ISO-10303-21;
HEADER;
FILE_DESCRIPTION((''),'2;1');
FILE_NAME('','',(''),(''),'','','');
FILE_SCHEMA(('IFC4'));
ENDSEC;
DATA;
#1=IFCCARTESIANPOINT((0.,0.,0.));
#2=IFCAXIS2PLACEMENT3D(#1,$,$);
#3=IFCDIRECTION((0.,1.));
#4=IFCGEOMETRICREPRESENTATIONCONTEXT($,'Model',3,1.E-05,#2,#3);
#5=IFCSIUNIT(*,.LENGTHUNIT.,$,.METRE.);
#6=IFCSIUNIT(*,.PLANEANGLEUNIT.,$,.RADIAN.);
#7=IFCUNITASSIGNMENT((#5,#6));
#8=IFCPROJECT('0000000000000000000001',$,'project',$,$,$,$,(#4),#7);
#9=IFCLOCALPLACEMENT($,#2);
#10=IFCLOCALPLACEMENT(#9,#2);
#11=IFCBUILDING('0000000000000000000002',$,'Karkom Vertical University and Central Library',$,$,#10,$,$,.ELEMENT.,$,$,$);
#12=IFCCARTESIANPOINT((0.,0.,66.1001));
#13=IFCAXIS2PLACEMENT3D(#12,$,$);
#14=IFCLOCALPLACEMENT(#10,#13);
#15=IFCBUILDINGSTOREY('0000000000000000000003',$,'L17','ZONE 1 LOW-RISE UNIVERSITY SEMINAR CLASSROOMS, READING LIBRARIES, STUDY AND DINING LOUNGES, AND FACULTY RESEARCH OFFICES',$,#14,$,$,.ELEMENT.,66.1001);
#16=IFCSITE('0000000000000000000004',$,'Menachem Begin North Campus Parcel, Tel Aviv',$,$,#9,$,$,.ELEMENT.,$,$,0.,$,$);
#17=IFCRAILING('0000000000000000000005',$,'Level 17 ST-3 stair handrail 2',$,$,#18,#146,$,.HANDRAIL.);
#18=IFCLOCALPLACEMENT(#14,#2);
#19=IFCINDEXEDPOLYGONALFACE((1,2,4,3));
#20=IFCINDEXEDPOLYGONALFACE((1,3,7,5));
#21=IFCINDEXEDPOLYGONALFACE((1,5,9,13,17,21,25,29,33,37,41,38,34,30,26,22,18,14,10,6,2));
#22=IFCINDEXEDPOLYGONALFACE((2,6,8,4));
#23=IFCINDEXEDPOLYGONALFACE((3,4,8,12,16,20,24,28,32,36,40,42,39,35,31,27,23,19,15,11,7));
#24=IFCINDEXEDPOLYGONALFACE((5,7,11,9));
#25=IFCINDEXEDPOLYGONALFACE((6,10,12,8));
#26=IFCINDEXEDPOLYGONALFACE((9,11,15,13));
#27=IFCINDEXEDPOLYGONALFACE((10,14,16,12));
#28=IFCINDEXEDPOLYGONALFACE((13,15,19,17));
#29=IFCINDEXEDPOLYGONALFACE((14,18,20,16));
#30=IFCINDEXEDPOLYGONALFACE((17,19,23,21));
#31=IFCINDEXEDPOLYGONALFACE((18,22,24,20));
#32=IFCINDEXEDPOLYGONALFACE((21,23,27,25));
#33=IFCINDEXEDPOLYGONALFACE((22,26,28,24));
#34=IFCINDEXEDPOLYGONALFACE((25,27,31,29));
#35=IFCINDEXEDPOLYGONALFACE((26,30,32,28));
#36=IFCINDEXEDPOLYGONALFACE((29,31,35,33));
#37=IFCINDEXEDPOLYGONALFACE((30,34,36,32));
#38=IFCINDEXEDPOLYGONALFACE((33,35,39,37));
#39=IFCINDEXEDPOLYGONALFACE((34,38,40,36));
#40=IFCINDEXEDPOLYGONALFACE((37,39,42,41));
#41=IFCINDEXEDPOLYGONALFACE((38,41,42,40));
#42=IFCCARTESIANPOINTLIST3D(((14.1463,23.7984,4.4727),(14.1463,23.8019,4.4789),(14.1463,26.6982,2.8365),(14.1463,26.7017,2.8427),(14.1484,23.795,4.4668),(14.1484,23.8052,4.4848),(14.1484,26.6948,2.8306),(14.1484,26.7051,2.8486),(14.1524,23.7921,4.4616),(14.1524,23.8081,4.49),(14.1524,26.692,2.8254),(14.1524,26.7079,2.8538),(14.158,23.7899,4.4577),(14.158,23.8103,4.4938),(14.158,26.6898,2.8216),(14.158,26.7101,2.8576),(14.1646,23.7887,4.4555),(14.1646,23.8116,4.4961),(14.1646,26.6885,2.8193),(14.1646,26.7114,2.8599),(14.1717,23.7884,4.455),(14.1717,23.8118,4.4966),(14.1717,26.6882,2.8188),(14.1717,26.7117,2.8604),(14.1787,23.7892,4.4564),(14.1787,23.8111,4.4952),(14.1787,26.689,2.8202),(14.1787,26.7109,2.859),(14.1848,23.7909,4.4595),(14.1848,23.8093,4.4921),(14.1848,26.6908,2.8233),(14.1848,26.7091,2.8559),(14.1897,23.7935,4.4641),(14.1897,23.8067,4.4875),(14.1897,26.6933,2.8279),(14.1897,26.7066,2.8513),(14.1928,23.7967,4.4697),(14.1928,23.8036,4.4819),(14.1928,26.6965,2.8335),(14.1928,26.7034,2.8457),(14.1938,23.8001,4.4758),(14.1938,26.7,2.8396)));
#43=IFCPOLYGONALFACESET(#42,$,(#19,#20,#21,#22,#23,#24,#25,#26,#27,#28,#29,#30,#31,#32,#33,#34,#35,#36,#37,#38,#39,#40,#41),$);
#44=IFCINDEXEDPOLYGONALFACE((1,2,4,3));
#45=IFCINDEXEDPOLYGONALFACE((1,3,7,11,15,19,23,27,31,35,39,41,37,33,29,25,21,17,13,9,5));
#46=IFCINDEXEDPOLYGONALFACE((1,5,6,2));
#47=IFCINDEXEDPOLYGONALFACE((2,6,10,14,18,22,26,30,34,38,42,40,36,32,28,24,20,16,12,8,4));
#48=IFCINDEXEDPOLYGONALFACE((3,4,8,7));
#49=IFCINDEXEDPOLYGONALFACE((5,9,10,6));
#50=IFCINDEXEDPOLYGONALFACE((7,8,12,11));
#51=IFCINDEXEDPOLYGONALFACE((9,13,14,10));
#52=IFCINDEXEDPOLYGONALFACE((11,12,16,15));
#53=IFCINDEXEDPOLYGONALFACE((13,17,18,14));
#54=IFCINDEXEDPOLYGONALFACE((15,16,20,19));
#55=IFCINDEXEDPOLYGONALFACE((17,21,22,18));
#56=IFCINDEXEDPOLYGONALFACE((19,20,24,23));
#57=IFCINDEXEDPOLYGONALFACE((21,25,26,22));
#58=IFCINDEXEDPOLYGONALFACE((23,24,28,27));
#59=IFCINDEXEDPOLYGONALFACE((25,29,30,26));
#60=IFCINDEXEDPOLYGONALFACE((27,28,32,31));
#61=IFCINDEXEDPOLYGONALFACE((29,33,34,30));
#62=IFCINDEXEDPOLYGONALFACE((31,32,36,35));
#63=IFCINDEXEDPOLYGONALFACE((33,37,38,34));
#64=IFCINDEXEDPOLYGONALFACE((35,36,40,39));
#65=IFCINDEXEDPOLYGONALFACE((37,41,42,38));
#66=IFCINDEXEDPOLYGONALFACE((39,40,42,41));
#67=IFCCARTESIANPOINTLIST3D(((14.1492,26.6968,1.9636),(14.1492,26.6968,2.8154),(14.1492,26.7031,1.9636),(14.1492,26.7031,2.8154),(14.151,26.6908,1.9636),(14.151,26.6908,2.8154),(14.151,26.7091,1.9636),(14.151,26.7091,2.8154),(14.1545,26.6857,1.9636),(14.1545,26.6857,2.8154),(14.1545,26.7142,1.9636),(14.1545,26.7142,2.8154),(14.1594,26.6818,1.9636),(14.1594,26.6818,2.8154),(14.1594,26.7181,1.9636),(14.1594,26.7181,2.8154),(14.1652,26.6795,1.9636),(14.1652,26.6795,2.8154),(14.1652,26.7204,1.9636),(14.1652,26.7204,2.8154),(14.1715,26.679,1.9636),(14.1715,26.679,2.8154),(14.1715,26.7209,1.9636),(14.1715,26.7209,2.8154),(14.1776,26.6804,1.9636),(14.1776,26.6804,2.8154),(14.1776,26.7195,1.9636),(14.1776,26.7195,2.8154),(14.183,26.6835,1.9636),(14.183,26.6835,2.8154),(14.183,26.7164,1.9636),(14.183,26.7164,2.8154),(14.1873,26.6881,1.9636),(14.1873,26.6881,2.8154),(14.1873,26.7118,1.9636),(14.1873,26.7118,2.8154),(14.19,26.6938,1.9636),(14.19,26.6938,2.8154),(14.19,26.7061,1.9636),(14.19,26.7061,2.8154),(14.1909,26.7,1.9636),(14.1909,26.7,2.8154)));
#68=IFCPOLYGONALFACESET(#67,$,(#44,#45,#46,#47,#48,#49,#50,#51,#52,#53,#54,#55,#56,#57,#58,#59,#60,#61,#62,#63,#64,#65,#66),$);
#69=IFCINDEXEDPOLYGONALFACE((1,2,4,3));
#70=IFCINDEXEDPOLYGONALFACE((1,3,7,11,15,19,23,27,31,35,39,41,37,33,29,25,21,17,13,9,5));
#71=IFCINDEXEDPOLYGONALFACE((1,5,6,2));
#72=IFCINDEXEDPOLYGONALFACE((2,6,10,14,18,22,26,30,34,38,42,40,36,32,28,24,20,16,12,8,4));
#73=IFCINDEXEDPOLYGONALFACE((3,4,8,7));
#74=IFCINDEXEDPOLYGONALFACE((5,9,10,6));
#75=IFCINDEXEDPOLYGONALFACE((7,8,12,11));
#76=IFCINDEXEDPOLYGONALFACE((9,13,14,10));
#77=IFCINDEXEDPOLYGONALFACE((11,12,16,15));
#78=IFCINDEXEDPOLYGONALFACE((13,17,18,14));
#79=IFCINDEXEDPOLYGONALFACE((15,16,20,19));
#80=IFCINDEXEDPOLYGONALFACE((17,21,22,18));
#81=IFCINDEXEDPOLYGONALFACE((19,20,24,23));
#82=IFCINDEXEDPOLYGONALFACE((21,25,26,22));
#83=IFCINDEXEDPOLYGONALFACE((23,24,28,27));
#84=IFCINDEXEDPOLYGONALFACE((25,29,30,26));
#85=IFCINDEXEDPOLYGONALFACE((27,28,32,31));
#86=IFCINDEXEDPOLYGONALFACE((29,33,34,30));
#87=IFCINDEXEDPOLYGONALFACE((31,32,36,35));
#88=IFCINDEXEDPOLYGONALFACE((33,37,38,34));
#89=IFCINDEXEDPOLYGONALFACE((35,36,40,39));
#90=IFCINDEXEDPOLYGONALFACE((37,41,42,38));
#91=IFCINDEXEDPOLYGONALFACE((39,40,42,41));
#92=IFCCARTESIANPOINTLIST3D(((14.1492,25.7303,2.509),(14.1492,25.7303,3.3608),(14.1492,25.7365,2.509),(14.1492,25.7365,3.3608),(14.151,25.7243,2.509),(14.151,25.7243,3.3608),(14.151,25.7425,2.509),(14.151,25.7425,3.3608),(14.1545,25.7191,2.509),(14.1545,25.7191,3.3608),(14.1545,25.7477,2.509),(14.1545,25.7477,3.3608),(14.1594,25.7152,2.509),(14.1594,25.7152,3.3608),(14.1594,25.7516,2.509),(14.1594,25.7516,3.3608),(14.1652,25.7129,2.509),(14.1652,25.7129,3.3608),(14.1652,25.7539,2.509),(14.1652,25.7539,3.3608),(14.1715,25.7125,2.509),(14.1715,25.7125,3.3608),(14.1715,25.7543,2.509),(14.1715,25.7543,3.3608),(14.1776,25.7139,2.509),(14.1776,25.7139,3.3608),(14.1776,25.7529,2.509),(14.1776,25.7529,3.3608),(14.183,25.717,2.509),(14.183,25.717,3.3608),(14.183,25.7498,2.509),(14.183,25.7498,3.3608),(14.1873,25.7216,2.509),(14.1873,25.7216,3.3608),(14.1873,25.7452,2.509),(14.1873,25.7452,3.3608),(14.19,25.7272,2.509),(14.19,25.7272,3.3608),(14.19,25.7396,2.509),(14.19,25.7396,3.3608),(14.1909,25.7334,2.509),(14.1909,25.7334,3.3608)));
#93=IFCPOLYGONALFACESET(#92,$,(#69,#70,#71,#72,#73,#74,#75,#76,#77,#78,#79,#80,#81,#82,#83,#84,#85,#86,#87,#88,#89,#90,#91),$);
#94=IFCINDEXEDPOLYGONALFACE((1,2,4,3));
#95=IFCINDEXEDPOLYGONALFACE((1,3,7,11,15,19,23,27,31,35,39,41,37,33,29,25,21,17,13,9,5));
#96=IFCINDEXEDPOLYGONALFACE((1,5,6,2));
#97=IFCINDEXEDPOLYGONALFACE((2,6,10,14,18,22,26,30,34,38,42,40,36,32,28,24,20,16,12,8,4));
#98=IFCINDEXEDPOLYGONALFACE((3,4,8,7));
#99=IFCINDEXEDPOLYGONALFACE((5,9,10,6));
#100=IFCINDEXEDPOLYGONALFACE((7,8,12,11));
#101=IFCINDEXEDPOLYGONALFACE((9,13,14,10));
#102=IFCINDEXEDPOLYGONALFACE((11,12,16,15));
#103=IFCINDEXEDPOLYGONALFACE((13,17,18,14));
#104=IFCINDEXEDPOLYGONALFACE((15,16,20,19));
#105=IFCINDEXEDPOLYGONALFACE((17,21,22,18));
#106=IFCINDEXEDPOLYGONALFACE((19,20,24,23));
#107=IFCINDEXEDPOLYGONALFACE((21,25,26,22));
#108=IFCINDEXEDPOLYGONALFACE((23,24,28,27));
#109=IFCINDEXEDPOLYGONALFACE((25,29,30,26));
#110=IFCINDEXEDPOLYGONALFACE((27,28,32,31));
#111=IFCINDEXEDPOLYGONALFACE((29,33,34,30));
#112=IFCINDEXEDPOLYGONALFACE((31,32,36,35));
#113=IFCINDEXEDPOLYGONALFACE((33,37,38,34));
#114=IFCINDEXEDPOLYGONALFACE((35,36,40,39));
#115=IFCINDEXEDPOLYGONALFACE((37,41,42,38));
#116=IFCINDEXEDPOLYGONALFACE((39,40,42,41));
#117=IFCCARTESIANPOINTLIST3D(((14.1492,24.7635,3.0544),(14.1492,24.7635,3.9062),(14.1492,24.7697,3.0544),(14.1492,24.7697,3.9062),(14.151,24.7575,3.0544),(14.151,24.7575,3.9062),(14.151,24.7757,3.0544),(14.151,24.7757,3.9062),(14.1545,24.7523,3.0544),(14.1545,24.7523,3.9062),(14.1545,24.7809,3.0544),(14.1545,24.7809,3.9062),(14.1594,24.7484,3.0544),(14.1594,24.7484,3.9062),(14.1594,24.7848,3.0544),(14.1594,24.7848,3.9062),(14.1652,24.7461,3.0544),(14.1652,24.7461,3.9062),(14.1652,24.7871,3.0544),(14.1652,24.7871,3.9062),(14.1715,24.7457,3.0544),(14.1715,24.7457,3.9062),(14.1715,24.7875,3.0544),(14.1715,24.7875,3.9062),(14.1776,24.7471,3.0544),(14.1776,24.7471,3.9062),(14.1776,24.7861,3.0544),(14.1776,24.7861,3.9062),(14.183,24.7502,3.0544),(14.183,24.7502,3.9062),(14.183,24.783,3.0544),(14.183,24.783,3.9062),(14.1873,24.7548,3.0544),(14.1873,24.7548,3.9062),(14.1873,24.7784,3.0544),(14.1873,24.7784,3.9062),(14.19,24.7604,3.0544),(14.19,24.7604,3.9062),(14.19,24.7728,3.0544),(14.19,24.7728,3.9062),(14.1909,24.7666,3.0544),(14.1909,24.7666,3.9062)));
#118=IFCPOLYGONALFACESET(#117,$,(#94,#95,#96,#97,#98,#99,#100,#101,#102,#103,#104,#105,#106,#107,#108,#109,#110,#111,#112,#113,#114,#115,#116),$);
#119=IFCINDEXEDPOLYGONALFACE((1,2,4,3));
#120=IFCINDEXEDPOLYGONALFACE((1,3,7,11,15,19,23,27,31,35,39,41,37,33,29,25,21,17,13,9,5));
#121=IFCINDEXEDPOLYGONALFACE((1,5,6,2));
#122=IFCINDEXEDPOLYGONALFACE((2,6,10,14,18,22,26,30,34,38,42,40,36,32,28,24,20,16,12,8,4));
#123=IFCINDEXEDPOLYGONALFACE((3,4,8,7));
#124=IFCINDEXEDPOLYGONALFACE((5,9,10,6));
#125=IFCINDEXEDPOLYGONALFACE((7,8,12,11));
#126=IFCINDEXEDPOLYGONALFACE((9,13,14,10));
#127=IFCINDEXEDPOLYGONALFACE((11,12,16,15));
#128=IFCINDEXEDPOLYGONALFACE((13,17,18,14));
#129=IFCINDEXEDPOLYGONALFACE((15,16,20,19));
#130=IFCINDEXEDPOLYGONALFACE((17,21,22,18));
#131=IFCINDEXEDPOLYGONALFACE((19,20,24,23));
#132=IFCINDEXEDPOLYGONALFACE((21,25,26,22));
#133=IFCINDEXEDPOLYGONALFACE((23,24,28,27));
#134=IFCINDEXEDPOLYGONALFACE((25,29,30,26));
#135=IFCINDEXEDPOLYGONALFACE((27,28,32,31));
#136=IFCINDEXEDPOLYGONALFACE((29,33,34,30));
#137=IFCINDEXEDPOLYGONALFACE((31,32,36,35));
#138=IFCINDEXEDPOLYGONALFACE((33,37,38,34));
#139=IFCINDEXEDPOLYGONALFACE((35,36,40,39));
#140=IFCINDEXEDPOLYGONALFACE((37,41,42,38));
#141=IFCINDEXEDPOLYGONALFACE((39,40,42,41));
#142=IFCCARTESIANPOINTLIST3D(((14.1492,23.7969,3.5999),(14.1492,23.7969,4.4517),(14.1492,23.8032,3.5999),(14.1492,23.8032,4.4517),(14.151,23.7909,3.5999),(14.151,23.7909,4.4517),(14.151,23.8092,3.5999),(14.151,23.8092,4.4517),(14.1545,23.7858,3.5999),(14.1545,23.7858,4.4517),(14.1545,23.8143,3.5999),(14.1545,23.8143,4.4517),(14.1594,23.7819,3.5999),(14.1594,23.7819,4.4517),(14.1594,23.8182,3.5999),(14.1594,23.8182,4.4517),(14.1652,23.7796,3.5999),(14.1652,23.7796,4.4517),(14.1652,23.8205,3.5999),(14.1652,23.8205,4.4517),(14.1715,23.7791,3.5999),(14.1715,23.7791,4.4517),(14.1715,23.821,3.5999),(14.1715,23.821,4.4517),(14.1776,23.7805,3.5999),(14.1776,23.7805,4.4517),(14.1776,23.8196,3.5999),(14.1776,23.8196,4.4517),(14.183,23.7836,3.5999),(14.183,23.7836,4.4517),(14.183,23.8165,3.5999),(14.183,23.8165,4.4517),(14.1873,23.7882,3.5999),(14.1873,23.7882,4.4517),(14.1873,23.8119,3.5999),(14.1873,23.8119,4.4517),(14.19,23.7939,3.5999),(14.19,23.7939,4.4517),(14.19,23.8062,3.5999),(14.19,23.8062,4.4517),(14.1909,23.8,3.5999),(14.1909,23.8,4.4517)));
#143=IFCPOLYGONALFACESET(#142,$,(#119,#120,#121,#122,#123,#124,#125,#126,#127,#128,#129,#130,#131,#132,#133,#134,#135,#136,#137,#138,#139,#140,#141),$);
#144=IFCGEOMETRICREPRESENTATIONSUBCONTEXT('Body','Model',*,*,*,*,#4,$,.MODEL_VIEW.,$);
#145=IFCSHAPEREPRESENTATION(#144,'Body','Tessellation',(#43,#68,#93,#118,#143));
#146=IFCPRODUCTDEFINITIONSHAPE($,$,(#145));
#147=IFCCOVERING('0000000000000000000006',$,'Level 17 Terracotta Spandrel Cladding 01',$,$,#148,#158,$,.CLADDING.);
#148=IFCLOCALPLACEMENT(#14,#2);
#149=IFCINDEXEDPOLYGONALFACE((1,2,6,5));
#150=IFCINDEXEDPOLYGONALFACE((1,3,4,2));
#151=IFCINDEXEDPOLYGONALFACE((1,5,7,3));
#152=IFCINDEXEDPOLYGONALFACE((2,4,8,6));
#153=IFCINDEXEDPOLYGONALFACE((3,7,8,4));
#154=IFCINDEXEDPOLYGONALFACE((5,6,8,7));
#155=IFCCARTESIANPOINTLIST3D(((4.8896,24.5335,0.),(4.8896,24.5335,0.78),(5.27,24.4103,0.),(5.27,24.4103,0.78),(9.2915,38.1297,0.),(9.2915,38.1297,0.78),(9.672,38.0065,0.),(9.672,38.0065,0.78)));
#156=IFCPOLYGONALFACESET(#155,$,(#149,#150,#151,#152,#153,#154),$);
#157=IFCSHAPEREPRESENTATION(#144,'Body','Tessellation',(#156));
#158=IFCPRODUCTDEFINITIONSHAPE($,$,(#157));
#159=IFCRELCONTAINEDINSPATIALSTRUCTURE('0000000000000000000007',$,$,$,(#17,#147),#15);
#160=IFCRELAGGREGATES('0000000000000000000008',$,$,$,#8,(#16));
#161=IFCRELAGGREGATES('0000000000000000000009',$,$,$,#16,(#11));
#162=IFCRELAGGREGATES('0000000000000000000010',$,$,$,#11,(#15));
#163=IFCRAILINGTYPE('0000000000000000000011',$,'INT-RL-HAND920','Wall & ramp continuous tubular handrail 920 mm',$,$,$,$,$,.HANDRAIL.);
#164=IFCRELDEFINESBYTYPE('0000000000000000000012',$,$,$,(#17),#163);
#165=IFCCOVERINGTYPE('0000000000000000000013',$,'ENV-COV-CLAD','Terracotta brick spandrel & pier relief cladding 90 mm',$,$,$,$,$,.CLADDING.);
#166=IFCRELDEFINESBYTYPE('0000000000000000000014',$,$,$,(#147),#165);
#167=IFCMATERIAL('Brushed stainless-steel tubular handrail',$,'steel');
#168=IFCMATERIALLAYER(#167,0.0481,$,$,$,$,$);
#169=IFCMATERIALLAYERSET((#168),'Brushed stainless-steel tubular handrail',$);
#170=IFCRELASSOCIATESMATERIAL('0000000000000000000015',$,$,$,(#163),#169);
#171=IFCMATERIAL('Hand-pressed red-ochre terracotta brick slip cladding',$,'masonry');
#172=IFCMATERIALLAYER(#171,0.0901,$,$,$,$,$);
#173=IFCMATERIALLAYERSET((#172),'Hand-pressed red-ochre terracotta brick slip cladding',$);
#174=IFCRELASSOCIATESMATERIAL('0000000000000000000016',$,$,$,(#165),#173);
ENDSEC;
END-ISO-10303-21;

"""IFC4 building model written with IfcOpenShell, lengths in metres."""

from ifc_helpers import new_model, si_unit, direction, frame, origin, origin_with_axes, origin_2d, place, context, subcontext, project, spatial, rectangle, circle, extrude, source, transform, mapped, material, layer, layer_set, type_object, element, save


model = new_model("IFC4")

# Units and contexts
model_context = context("Model", 3, precision=1e-05, world=origin(), true_north=direction((0.0, 1.0)))
body_context = subcontext(model_context, "Body", "Model", "MODEL_VIEW")
ifc_project = project(units=[si_unit("LENGTHUNIT", "METRE"), si_unit("PLANEANGLEUNIT", "RADIAN")], contexts=[model_context])

# Site, building, storey
site_placement = place(None, origin())
site = spatial("IfcSite", under=ifc_project, at=site_placement, Name="Menachem Begin North Campus Parcel, Tel Aviv", CompositionType="ELEMENT", RefElevation=0.0)
building_placement = place(site_placement, origin())
building = spatial("IfcBuilding", under=site, at=building_placement, Name="Karkom Vertical University and Central Library", CompositionType="ELEMENT")
storey_placement = place(building_placement, frame((0.0, 0.0, 66.1001)))
storey = spatial("IfcBuildingStorey", under=building, at=storey_placement, Name="L17", Description="ZONE 1 LOW-RISE UNIVERSITY SEMINAR CLASSROOMS, READING LIBRARIES, STUDY AND DINING LOUNGES, AND FACULTY RESEARCH OFFICES", CompositionType="ELEMENT", Elevation=66.1001)

# Railing
ifc_material_1 = material(Name="Brushed stainless-steel tubular handrail", Category="steel")
ifc_layer_1 = layer(ifc_material_1, 0.0481)
ifc_layer_set_1 = layer_set([ifc_layer_1], Name="Brushed stainless-steel tubular handrail")
railing_type_1 = type_object("IfcRailingType", Name="INT-RL-HAND920", Description="Wall & ramp continuous tubular handrail 920 mm", PredefinedType="HANDRAIL", material=ifc_layer_set_1)
railing_1_placement = place(storey_placement, frame((14.1699, 26.7, 1.9636)))
element("IfcRailing", 1, at=railing_1_placement, inside=storey, type_object=railing_type_1, Name="Level 17 ST-3 stair handrail 2", PredefinedType="HANDRAIL", context=body_context, shape_type="SweptSolid", body=[
    extrude(circle(Radius=0.0239, at=origin_2d()), frame((0.0, 0.0, 0.876), z_axis=(0.0, -0.870929, 0.49141), x_axis=(1.0, 0.0, 0.0)), (0.0, 0.0, 1.0), 3.3296),
    extrude(circle(Radius=0.021, at=origin_2d()), origin(), (0.0, 0.0, 1.0), 0.8518),
    extrude(circle(Radius=0.021, at=origin_2d()), frame((0.0, -0.9666, 0.5454)), (0.0, 0.0, 1.0), 0.8518),
    extrude(circle(Radius=0.021, at=origin_2d()), frame((0.0, -1.9333, 1.0908)), (0.0, 0.0, 1.0), 0.8518),
    extrude(circle(Radius=0.021, at=origin_2d()), frame((0.0, -2.8999, 1.6362)), (0.0, 0.0, 1.0), 0.8518),
])

# Covering
ifc_material_2 = material(Name="Hand-pressed red-ochre terracotta brick slip cladding", Category="masonry")
ifc_layer_2 = layer(ifc_material_2, 0.0901)
ifc_layer_set_2 = layer_set([ifc_layer_2], Name="Hand-pressed red-ochre terracotta brick slip cladding")
covering_type = type_object("IfcCoveringType", Name="ENV-COV-CLAD", Description="Terracotta brick spandrel & pier relief cladding 90 mm", PredefinedType="CLADDING", material=ifc_layer_set_2)
shared_shape_1 = source(origin_with_axes(), body_context, "Body", "SweptSolid", [
    extrude(rectangle(XDim=14.291, YDim=0.3999, at=origin_2d()), origin(), (0.0, 0.0, 1.0), 0.78),
])
covering_placement = place(storey_placement, frame((7.2808, 31.27, 0.0), z_axis=(0.0, 0.0, 1.0), x_axis=(-0.308021, -0.95138, 0.0)))
element("IfcCovering", 2, at=covering_placement, inside=storey, type_object=covering_type, Name="Level 17 Terracotta Spandrel Cladding 01", PredefinedType="CLADDING", context=body_context, shape_type="MappedRepresentation", body=[
    mapped(shared_shape_1, transform((0.0, 0.0, 0.0), scale=1.0)),
])

save(model, "model.ifc")
